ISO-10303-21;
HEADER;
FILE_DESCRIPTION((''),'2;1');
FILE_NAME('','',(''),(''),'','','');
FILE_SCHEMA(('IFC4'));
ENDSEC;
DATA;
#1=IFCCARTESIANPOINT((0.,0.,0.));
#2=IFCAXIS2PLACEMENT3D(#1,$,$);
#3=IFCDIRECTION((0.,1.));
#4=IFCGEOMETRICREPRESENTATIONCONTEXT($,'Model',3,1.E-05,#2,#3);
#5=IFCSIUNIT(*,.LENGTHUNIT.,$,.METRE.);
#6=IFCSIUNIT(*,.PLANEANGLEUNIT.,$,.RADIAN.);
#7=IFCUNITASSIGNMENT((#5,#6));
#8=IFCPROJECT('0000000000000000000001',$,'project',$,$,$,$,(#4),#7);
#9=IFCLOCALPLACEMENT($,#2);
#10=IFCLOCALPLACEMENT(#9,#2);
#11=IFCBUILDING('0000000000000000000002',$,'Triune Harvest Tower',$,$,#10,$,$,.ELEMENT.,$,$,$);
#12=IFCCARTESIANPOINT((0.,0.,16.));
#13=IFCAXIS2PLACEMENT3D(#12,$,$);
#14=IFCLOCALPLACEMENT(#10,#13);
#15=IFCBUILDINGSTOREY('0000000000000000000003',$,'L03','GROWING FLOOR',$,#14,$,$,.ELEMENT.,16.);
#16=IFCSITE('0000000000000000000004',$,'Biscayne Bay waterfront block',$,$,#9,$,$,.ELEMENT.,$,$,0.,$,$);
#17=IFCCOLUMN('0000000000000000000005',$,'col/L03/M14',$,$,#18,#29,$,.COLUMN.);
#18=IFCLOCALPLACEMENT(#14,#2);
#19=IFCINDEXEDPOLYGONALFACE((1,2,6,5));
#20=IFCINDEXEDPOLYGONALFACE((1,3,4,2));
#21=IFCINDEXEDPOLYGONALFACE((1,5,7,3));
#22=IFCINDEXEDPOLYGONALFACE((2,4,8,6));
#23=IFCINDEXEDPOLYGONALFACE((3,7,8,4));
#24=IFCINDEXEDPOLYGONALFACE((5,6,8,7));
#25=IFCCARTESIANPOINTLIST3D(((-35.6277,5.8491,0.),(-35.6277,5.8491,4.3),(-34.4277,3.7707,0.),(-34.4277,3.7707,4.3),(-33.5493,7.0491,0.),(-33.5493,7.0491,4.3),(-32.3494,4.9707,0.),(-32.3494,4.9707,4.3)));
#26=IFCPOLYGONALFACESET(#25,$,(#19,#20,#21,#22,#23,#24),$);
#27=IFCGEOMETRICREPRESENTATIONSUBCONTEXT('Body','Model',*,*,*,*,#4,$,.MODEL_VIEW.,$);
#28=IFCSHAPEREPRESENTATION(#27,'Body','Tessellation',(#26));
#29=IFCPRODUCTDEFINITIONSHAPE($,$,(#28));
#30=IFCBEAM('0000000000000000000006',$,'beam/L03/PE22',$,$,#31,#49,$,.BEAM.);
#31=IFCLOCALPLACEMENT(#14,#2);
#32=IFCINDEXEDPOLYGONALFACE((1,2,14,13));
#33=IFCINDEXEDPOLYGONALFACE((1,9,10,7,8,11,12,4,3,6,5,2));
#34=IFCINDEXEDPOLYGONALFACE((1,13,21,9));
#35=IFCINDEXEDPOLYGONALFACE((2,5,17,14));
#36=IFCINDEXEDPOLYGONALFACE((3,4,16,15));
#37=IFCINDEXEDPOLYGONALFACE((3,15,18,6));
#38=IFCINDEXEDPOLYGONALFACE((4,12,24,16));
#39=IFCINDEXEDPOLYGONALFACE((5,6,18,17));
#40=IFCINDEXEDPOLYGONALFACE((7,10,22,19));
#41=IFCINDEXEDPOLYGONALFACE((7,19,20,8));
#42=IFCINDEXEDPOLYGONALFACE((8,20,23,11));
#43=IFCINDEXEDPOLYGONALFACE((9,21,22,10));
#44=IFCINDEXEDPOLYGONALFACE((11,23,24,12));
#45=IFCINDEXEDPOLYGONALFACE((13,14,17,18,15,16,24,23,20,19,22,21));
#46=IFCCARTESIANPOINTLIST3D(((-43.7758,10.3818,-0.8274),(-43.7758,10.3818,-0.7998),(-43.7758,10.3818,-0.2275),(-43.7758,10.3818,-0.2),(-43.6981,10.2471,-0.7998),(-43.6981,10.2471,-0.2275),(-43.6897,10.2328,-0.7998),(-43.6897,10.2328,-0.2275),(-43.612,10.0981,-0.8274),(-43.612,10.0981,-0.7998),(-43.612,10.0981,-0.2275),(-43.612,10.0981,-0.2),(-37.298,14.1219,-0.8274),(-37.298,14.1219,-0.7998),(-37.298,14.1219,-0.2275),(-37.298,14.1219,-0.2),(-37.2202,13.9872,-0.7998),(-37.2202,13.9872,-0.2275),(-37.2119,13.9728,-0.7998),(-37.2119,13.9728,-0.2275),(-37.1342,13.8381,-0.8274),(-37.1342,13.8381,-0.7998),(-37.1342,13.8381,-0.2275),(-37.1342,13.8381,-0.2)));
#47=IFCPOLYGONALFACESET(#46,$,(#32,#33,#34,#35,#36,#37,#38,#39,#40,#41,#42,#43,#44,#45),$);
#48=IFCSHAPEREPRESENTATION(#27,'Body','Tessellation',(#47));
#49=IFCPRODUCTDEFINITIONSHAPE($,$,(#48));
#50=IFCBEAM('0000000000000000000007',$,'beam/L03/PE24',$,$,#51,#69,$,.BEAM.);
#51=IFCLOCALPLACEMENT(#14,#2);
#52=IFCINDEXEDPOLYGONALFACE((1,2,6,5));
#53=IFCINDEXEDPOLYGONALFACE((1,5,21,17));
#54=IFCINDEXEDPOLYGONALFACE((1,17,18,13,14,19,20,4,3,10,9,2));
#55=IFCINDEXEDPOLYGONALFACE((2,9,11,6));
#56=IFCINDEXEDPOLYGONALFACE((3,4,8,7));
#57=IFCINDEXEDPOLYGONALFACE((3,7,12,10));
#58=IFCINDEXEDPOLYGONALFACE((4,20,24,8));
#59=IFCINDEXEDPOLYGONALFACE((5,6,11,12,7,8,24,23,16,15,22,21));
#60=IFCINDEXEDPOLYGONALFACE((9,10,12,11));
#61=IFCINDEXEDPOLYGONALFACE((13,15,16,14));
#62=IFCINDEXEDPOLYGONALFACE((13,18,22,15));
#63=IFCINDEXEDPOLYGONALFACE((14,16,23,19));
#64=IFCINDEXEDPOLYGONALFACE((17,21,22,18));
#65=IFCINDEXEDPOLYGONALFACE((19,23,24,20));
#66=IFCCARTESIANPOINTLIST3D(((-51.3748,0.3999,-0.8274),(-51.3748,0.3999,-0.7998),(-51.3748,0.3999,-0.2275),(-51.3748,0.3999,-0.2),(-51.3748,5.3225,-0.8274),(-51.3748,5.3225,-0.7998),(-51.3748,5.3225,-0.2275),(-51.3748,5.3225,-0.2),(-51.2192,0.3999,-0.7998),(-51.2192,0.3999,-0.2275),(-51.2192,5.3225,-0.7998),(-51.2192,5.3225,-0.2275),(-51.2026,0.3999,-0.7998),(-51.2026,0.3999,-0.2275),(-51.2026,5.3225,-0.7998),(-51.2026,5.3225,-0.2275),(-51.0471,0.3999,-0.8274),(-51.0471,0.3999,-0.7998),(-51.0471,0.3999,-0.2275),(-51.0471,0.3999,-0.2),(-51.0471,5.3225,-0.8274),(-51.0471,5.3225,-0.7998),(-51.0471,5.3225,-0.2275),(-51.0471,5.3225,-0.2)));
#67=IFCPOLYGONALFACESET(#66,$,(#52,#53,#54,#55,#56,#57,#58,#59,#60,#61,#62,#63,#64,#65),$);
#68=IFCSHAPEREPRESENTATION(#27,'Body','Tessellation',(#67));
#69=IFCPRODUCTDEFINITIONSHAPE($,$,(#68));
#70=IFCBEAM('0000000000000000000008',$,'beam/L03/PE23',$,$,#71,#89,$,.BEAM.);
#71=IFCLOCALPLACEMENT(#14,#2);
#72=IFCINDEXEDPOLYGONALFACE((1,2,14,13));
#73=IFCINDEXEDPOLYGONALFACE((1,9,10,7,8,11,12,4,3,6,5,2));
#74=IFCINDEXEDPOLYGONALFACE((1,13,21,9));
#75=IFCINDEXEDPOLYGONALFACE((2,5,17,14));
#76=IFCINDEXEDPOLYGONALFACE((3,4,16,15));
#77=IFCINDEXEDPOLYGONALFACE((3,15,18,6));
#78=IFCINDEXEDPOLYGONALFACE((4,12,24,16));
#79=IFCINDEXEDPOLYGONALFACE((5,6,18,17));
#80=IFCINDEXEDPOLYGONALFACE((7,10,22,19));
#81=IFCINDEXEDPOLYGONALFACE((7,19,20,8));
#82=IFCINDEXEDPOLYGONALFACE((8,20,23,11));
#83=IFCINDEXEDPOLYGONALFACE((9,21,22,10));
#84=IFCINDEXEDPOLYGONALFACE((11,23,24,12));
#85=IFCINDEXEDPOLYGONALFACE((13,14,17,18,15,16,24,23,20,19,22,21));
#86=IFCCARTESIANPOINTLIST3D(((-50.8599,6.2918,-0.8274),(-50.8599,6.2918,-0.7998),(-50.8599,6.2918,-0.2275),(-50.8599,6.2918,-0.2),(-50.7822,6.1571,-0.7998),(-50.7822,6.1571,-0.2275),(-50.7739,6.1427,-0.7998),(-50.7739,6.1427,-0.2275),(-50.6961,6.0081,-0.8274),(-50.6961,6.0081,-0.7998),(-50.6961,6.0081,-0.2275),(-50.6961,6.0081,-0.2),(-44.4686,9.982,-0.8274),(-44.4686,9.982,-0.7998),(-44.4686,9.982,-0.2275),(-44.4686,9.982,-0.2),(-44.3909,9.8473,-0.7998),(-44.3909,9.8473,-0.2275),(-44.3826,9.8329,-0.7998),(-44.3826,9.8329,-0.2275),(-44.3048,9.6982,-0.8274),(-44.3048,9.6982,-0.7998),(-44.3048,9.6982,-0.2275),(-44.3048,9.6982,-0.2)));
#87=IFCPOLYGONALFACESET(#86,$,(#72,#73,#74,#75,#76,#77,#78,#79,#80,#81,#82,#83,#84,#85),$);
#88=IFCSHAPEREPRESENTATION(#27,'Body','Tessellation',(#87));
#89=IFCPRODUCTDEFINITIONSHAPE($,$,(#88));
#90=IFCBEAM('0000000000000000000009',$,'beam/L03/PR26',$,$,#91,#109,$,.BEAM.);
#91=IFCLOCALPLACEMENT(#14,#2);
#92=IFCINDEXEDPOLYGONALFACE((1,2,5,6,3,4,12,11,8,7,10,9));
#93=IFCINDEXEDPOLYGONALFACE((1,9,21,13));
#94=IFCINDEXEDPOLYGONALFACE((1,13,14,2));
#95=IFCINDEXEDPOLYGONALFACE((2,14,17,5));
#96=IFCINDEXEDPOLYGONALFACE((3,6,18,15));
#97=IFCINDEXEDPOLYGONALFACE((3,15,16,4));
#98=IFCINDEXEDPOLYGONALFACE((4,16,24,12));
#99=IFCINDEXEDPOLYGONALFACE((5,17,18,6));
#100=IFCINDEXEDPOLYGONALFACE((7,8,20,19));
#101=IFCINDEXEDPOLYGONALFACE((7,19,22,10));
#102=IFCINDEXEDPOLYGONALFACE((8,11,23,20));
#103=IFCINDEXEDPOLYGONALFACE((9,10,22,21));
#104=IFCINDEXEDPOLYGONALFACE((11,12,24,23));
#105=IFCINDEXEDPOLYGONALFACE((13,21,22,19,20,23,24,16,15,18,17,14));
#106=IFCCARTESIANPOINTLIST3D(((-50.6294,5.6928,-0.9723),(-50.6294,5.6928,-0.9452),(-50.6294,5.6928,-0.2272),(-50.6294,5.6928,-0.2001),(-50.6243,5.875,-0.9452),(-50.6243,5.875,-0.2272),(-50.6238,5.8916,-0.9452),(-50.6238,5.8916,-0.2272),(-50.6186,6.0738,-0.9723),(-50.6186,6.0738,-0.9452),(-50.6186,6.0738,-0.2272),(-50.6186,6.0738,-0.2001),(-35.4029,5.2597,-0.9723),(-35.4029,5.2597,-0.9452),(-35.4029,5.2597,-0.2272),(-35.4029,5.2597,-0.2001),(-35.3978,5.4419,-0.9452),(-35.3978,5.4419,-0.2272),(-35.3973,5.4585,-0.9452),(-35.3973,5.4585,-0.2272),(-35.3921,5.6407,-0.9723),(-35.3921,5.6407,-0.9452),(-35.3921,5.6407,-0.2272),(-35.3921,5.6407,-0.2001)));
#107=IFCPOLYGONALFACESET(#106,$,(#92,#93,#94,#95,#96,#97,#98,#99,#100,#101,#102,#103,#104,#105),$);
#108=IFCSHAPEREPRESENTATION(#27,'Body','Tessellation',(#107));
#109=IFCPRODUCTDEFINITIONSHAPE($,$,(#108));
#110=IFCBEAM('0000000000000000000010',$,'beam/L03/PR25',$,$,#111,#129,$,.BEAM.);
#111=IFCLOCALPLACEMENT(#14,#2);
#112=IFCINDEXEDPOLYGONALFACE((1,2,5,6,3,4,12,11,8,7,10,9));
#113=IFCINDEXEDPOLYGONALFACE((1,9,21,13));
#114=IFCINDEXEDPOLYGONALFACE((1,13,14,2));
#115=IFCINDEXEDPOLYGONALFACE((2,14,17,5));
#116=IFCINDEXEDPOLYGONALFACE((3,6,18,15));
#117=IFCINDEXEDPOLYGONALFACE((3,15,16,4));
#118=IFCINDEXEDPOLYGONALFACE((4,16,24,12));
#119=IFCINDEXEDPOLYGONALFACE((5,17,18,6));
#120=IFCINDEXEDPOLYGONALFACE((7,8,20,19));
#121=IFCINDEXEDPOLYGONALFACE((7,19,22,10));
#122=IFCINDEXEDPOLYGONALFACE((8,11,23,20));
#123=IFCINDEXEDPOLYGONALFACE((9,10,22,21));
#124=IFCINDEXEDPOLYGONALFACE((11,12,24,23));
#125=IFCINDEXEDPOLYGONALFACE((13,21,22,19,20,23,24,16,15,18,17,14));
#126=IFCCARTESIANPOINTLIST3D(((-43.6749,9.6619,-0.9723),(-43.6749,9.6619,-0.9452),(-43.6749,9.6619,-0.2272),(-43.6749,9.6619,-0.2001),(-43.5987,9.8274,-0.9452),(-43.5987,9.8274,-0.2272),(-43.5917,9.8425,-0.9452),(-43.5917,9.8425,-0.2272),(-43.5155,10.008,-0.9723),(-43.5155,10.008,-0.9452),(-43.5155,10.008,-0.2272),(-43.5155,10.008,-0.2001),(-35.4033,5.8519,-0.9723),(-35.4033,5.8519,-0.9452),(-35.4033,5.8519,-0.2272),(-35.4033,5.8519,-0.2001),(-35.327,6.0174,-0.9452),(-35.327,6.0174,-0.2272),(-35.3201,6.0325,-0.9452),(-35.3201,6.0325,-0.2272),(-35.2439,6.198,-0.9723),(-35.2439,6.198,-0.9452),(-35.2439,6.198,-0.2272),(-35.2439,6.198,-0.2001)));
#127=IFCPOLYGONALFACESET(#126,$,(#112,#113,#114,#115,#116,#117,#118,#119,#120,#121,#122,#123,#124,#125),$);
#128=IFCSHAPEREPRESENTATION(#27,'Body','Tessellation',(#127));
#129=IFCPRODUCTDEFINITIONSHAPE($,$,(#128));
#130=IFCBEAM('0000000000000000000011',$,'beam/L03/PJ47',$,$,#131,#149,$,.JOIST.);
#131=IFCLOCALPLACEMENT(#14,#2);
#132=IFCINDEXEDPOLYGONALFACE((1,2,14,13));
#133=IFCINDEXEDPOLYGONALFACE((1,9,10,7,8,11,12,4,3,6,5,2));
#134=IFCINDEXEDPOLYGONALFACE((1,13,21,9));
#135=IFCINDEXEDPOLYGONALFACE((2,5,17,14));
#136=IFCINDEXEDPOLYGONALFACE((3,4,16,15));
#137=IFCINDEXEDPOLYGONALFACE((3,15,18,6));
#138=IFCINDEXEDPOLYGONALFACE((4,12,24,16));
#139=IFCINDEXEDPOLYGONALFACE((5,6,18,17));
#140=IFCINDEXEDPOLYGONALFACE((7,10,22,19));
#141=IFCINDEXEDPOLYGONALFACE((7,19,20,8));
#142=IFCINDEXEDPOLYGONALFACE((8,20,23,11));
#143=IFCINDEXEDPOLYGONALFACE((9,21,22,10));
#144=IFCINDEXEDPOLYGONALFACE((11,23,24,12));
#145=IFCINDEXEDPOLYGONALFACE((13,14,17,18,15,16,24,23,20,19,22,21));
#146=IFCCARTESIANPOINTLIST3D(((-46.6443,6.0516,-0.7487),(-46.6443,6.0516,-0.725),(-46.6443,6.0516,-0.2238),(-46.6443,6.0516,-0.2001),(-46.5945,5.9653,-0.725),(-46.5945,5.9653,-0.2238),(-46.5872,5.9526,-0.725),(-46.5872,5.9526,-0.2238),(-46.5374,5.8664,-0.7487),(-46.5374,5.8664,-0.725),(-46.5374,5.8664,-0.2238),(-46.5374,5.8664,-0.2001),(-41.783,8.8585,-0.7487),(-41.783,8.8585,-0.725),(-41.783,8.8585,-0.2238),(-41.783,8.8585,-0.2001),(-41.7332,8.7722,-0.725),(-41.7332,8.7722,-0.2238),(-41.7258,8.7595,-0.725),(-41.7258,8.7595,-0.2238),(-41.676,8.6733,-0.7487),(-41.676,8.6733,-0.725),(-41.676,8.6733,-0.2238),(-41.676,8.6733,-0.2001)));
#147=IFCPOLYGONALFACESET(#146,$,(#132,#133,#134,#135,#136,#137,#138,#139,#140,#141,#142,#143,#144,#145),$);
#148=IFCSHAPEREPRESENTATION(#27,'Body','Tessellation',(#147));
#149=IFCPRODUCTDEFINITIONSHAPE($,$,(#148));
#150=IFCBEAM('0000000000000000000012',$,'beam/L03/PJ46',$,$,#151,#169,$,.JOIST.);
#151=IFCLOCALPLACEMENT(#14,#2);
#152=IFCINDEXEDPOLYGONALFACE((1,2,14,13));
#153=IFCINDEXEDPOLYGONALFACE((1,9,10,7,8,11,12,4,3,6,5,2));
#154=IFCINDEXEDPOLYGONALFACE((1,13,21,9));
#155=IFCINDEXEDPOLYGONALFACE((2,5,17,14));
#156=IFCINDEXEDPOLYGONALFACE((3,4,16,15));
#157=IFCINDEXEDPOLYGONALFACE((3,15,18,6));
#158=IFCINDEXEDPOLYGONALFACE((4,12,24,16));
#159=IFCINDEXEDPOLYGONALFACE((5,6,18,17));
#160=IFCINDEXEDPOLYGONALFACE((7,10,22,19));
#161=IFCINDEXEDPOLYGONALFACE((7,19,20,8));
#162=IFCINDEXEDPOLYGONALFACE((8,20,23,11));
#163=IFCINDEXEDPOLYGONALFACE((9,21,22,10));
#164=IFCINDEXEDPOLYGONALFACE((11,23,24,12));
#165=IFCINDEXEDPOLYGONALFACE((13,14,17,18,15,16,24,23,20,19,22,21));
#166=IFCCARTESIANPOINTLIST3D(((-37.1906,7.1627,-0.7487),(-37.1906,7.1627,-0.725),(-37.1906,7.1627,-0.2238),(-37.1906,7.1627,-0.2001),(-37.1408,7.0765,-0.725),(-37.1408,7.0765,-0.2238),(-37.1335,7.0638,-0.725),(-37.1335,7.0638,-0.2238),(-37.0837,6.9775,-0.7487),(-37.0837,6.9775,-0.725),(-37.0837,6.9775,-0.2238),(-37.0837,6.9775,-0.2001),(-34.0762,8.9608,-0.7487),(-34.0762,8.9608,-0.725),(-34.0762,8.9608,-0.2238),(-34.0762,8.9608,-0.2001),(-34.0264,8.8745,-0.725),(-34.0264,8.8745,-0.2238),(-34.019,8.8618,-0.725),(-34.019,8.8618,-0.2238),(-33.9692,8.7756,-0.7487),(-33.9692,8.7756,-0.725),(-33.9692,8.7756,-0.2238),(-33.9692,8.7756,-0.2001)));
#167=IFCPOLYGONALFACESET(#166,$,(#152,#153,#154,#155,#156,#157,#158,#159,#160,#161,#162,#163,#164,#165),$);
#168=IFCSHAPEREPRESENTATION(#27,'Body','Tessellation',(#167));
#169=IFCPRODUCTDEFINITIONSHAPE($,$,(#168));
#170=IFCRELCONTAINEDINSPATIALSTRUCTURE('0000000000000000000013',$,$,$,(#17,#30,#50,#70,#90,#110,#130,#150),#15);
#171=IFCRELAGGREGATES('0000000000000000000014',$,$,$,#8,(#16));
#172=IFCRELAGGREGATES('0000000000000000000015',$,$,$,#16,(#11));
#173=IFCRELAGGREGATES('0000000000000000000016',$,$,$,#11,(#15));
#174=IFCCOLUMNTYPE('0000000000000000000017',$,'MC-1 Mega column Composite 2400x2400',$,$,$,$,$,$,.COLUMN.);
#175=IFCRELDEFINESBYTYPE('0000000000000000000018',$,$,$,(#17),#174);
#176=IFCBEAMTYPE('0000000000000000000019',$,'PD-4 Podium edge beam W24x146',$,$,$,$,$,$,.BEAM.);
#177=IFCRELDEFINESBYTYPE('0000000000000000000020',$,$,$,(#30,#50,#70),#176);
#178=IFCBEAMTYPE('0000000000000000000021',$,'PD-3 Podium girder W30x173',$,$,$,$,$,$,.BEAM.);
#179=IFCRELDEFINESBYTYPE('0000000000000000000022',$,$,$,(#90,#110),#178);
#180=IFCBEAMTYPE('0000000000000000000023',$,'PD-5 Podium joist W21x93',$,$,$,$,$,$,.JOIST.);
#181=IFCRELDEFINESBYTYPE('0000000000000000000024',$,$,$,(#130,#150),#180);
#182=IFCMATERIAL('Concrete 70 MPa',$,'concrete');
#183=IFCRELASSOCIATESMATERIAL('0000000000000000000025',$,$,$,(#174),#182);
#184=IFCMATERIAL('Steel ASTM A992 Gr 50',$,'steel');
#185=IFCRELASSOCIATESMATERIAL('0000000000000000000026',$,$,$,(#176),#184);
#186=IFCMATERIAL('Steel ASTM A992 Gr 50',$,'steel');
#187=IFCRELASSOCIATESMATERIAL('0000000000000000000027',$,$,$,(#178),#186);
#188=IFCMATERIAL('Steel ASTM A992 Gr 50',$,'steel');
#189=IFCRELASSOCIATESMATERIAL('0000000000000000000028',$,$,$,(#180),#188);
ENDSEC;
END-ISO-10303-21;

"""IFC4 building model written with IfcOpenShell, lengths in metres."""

from ifc_helpers import new_model, si_unit, direction, frame, origin, origin_2d, place, context, subcontext, project, spatial, rectangle, i_section, extrude, source, transform, mapped, material, material_profile, profile_set, type_object, element, save


model = new_model("IFC4")

# Units and contexts
model_context = context("Model", 3, precision=1e-05, world=origin(), true_north=direction((0.0, 1.0)))
body_context = subcontext(model_context, "Body", "Model", "MODEL_VIEW")
ifc_project = project(units=[si_unit("LENGTHUNIT", "METRE"), si_unit("PLANEANGLEUNIT", "RADIAN")], contexts=[model_context])

# Site, building, storey
site_placement = place(None, origin())
site = spatial("IfcSite", under=ifc_project, at=site_placement, Name="Biscayne Bay waterfront block", CompositionType="ELEMENT", RefElevation=0.0)
building_placement = place(site_placement, origin())
building = spatial("IfcBuilding", under=site, at=building_placement, Name="Triune Harvest Tower", CompositionType="ELEMENT")
storey_placement = place(building_placement, frame((0.0, 0.0, 16.0)))
storey = spatial("IfcBuildingStorey", under=building, at=storey_placement, Name="L03", Description="GROWING FLOOR", CompositionType="ELEMENT", Elevation=16.0)

# Column
ifc_material_1 = material(Name="Concrete 70 MPa", Category="concrete")
ifc_material_profile_1 = material_profile(ifc_material_1, rectangle(XDim=2.3999, YDim=2.3999, at=origin_2d()), Name="Composite 2400x2400")
ifc_profile_set_1 = profile_set([ifc_material_profile_1], Name="Concrete 70 MPa")
column_type = type_object("IfcColumnType", Name="MC-1 Mega column Composite 2400x2400", PredefinedType="COLUMN", material=ifc_profile_set_1)
shared_shape_1 = source(origin(), body_context, "Body", "SweptSolid", [
    extrude(rectangle(XDim=2.3999, YDim=2.3999, at=origin_2d()), origin(), (0.0, 0.0, 1.0), 4.3),
])
column_placement = place(storey_placement, frame((-33.9885, 5.4099, 0.0), z_axis=(0.0, 0.0, 1.0), x_axis=(-0.866025, -0.5, 0.0)))
element("IfcColumn", 1, at=column_placement, inside=storey, type_object=column_type, Name="col/L03/M14", PredefinedType="COLUMN", context=body_context, shape_type="MappedRepresentation", body=[
    mapped(shared_shape_1, transform((0.0, 0.0, 0.0), scale=1.0)),
])

# Beams
ifc_material_2 = material(Name="Steel ASTM A992 Gr 50", Category="steel")
ifc_material_profile_2 = material_profile(ifc_material_2, i_section(OverallWidth=0.3276, OverallDepth=0.6274, WebThickness=0.0166, FlangeThickness=0.0276, at=origin_2d()), Name="W24x146")
ifc_profile_set_2 = profile_set([ifc_material_profile_2], Name="Steel ASTM A992 Gr 50")
beam_type_1 = type_object("IfcBeamType", Name="PD-4 Podium edge beam W24x146", PredefinedType="BEAM", material=ifc_profile_set_2)
shared_shape_2 = source(origin(), body_context, "Body", "SweptSolid", [
    extrude(i_section(OverallWidth=0.3276, OverallDepth=0.6274, WebThickness=0.0166, FlangeThickness=0.0276, at=origin_2d()), origin(), (0.0, 0.0, 1.0), 7.48),
])
beam_1_placement = place(storey_placement, frame((-37.2161, 13.98, -0.5137), z_axis=(-0.866023, -0.500004, 0.0), x_axis=(0.500004, -0.866023, 0.0)))
element("IfcBeam", 2, at=beam_1_placement, inside=storey, type_object=beam_type_1, Name="beam/L03/PE22", PredefinedType="BEAM", context=body_context, shape_type="MappedRepresentation", body=[
    mapped(shared_shape_2, transform((0.0, 0.0, 0.0), scale=1.0)),
])
shared_shape_3 = source(origin(), body_context, "Body", "SweptSolid", [
    extrude(i_section(OverallWidth=0.3276, OverallDepth=0.6274, WebThickness=0.0166, FlangeThickness=0.0276, at=origin_2d()), origin(), (0.0, 0.0, 1.0), 4.9226),
])
beam_2_placement = place(storey_placement, frame((-51.2109, 5.3225, -0.5137), z_axis=(0.0, -1.0, 0.0), x_axis=(1.0, 0.0, 0.0)))
element("IfcBeam", 3, at=beam_2_placement, inside=storey, type_object=beam_type_1, Name="beam/L03/PE24", PredefinedType="BEAM", context=body_context, shape_type="MappedRepresentation", body=[
    mapped(shared_shape_3, transform((0.0, 0.0, 0.0), scale=1.0)),
])
shared_shape_4 = source(origin(), body_context, "Body", "SweptSolid", [
    extrude(i_section(OverallWidth=0.3276, OverallDepth=0.6274, WebThickness=0.0166, FlangeThickness=0.0276, at=origin_2d()), origin(), (0.0, 0.0, 1.0), 7.3801),
])
beam_3_placement = place(storey_placement, frame((-44.3867, 9.8401, -0.5137), z_axis=(-0.866018, -0.500014, 0.0), x_axis=(0.500014, -0.866018, 0.0)))
element("IfcBeam", 4, at=beam_3_placement, inside=storey, type_object=beam_type_1, Name="beam/L03/PE23", PredefinedType="BEAM", context=body_context, shape_type="MappedRepresentation", body=[
    mapped(shared_shape_4, transform((0.0, 0.0, 0.0), scale=1.0)),
])
ifc_material_3 = material(Name="Steel ASTM A992 Gr 50", Category="steel")
ifc_material_profile_3 = material_profile(ifc_material_3, i_section(OverallWidth=0.3811, OverallDepth=0.7722, WebThickness=0.0166, FlangeThickness=0.0271, at=origin_2d()), Name="W30x173")
ifc_profile_set_3 = profile_set([ifc_material_profile_3], Name="Steel ASTM A992 Gr 50")
beam_type_2 = type_object("IfcBeamType", Name="PD-3 Podium girder W30x173", PredefinedType="BEAM", material=ifc_profile_set_3)
shared_shape_5 = source(origin(), body_context, "Body", "SweptSolid", [
    extrude(i_section(OverallWidth=0.3811, OverallDepth=0.7722, WebThickness=0.0166, FlangeThickness=0.0271, at=origin_2d()), origin(), (0.0, 0.0, 1.0), 15.2327),
])
beam_4_placement = place(storey_placement, frame((-50.624, 5.8833, -0.5862), z_axis=(0.999596, -0.028433, 0.0), x_axis=(0.028433, 0.999596, 0.0)))
element("IfcBeam", 5, at=beam_4_placement, inside=storey, type_object=beam_type_2, Name="beam/L03/PR26", PredefinedType="BEAM", context=body_context, shape_type="MappedRepresentation", body=[
    mapped(shared_shape_5, transform((0.0, 0.0, 0.0), scale=1.0)),
])
shared_shape_6 = source(origin(), body_context, "Body", "SweptSolid", [
    extrude(i_section(OverallWidth=0.3811, OverallDepth=0.7722, WebThickness=0.0166, FlangeThickness=0.0271, at=origin_2d()), origin(), (0.0, 0.0, 1.0), 9.1069),
])
beam_5_placement = place(storey_placement, frame((-43.5952, 9.835, -0.5862), z_axis=(0.908279, -0.418364, 0.0), x_axis=(0.418364, 0.908279, 0.0)))
element("IfcBeam", 6, at=beam_5_placement, inside=storey, type_object=beam_type_2, Name="beam/L03/PR25", PredefinedType="BEAM", context=body_context, shape_type="MappedRepresentation", body=[
    mapped(shared_shape_6, transform((0.0, 0.0, 0.0), scale=1.0)),
])
ifc_material_4 = material(Name="Steel ASTM A992 Gr 50", Category="steel")
ifc_material_profile_4 = material_profile(ifc_material_4, i_section(OverallWidth=0.2139, OverallDepth=0.5486, WebThickness=0.0146, FlangeThickness=0.0237, at=origin_2d()), Name="W21x93")
ifc_profile_set_4 = profile_set([ifc_material_profile_4], Name="Steel ASTM A992 Gr 50")
beam_type_3 = type_object("IfcBeamType", Name="PD-5 Podium joist W21x93", PredefinedType="JOIST", material=ifc_profile_set_4)
shared_shape_7 = source(origin(), body_context, "Body", "SweptSolid", [
    extrude(i_section(OverallWidth=0.2139, OverallDepth=0.5486, WebThickness=0.0146, FlangeThickness=0.0237, at=origin_2d()), origin(), (0.0, 0.0, 1.0), 5.6135),
])
beam_6_placement = place(storey_placement, frame((-41.7295, 8.7659, -0.4744), z_axis=(-0.86601, -0.500026, 0.0), x_axis=(0.500026, -0.86601, 0.0)))
element("IfcBeam", 7, at=beam_6_placement, inside=storey, type_object=beam_type_3, Name="beam/L03/PJ47", PredefinedType="JOIST", context=body_context, shape_type="MappedRepresentation", body=[
    mapped(shared_shape_7, transform((0.0, 0.0, 0.0), scale=1.0)),
])
shared_shape_8 = source(origin(), body_context, "Body", "SweptSolid", [
    extrude(i_section(OverallWidth=0.2139, OverallDepth=0.5486, WebThickness=0.0146, FlangeThickness=0.0237, at=origin_2d()), origin(), (0.0, 0.0, 1.0), 3.5962),
])
beam_7_placement = place(storey_placement, frame((-34.0227, 8.8682, -0.4744), z_axis=(-0.866033, -0.499987, 0.0), x_axis=(0.499987, -0.866033, 0.0)))
element("IfcBeam", 8, at=beam_7_placement, inside=storey, type_object=beam_type_3, Name="beam/L03/PJ46", PredefinedType="JOIST", context=body_context, shape_type="MappedRepresentation", body=[
    mapped(shared_shape_8, transform((0.0, 0.0, 0.0), scale=1.0)),
])

save(model, "model.ifc")
